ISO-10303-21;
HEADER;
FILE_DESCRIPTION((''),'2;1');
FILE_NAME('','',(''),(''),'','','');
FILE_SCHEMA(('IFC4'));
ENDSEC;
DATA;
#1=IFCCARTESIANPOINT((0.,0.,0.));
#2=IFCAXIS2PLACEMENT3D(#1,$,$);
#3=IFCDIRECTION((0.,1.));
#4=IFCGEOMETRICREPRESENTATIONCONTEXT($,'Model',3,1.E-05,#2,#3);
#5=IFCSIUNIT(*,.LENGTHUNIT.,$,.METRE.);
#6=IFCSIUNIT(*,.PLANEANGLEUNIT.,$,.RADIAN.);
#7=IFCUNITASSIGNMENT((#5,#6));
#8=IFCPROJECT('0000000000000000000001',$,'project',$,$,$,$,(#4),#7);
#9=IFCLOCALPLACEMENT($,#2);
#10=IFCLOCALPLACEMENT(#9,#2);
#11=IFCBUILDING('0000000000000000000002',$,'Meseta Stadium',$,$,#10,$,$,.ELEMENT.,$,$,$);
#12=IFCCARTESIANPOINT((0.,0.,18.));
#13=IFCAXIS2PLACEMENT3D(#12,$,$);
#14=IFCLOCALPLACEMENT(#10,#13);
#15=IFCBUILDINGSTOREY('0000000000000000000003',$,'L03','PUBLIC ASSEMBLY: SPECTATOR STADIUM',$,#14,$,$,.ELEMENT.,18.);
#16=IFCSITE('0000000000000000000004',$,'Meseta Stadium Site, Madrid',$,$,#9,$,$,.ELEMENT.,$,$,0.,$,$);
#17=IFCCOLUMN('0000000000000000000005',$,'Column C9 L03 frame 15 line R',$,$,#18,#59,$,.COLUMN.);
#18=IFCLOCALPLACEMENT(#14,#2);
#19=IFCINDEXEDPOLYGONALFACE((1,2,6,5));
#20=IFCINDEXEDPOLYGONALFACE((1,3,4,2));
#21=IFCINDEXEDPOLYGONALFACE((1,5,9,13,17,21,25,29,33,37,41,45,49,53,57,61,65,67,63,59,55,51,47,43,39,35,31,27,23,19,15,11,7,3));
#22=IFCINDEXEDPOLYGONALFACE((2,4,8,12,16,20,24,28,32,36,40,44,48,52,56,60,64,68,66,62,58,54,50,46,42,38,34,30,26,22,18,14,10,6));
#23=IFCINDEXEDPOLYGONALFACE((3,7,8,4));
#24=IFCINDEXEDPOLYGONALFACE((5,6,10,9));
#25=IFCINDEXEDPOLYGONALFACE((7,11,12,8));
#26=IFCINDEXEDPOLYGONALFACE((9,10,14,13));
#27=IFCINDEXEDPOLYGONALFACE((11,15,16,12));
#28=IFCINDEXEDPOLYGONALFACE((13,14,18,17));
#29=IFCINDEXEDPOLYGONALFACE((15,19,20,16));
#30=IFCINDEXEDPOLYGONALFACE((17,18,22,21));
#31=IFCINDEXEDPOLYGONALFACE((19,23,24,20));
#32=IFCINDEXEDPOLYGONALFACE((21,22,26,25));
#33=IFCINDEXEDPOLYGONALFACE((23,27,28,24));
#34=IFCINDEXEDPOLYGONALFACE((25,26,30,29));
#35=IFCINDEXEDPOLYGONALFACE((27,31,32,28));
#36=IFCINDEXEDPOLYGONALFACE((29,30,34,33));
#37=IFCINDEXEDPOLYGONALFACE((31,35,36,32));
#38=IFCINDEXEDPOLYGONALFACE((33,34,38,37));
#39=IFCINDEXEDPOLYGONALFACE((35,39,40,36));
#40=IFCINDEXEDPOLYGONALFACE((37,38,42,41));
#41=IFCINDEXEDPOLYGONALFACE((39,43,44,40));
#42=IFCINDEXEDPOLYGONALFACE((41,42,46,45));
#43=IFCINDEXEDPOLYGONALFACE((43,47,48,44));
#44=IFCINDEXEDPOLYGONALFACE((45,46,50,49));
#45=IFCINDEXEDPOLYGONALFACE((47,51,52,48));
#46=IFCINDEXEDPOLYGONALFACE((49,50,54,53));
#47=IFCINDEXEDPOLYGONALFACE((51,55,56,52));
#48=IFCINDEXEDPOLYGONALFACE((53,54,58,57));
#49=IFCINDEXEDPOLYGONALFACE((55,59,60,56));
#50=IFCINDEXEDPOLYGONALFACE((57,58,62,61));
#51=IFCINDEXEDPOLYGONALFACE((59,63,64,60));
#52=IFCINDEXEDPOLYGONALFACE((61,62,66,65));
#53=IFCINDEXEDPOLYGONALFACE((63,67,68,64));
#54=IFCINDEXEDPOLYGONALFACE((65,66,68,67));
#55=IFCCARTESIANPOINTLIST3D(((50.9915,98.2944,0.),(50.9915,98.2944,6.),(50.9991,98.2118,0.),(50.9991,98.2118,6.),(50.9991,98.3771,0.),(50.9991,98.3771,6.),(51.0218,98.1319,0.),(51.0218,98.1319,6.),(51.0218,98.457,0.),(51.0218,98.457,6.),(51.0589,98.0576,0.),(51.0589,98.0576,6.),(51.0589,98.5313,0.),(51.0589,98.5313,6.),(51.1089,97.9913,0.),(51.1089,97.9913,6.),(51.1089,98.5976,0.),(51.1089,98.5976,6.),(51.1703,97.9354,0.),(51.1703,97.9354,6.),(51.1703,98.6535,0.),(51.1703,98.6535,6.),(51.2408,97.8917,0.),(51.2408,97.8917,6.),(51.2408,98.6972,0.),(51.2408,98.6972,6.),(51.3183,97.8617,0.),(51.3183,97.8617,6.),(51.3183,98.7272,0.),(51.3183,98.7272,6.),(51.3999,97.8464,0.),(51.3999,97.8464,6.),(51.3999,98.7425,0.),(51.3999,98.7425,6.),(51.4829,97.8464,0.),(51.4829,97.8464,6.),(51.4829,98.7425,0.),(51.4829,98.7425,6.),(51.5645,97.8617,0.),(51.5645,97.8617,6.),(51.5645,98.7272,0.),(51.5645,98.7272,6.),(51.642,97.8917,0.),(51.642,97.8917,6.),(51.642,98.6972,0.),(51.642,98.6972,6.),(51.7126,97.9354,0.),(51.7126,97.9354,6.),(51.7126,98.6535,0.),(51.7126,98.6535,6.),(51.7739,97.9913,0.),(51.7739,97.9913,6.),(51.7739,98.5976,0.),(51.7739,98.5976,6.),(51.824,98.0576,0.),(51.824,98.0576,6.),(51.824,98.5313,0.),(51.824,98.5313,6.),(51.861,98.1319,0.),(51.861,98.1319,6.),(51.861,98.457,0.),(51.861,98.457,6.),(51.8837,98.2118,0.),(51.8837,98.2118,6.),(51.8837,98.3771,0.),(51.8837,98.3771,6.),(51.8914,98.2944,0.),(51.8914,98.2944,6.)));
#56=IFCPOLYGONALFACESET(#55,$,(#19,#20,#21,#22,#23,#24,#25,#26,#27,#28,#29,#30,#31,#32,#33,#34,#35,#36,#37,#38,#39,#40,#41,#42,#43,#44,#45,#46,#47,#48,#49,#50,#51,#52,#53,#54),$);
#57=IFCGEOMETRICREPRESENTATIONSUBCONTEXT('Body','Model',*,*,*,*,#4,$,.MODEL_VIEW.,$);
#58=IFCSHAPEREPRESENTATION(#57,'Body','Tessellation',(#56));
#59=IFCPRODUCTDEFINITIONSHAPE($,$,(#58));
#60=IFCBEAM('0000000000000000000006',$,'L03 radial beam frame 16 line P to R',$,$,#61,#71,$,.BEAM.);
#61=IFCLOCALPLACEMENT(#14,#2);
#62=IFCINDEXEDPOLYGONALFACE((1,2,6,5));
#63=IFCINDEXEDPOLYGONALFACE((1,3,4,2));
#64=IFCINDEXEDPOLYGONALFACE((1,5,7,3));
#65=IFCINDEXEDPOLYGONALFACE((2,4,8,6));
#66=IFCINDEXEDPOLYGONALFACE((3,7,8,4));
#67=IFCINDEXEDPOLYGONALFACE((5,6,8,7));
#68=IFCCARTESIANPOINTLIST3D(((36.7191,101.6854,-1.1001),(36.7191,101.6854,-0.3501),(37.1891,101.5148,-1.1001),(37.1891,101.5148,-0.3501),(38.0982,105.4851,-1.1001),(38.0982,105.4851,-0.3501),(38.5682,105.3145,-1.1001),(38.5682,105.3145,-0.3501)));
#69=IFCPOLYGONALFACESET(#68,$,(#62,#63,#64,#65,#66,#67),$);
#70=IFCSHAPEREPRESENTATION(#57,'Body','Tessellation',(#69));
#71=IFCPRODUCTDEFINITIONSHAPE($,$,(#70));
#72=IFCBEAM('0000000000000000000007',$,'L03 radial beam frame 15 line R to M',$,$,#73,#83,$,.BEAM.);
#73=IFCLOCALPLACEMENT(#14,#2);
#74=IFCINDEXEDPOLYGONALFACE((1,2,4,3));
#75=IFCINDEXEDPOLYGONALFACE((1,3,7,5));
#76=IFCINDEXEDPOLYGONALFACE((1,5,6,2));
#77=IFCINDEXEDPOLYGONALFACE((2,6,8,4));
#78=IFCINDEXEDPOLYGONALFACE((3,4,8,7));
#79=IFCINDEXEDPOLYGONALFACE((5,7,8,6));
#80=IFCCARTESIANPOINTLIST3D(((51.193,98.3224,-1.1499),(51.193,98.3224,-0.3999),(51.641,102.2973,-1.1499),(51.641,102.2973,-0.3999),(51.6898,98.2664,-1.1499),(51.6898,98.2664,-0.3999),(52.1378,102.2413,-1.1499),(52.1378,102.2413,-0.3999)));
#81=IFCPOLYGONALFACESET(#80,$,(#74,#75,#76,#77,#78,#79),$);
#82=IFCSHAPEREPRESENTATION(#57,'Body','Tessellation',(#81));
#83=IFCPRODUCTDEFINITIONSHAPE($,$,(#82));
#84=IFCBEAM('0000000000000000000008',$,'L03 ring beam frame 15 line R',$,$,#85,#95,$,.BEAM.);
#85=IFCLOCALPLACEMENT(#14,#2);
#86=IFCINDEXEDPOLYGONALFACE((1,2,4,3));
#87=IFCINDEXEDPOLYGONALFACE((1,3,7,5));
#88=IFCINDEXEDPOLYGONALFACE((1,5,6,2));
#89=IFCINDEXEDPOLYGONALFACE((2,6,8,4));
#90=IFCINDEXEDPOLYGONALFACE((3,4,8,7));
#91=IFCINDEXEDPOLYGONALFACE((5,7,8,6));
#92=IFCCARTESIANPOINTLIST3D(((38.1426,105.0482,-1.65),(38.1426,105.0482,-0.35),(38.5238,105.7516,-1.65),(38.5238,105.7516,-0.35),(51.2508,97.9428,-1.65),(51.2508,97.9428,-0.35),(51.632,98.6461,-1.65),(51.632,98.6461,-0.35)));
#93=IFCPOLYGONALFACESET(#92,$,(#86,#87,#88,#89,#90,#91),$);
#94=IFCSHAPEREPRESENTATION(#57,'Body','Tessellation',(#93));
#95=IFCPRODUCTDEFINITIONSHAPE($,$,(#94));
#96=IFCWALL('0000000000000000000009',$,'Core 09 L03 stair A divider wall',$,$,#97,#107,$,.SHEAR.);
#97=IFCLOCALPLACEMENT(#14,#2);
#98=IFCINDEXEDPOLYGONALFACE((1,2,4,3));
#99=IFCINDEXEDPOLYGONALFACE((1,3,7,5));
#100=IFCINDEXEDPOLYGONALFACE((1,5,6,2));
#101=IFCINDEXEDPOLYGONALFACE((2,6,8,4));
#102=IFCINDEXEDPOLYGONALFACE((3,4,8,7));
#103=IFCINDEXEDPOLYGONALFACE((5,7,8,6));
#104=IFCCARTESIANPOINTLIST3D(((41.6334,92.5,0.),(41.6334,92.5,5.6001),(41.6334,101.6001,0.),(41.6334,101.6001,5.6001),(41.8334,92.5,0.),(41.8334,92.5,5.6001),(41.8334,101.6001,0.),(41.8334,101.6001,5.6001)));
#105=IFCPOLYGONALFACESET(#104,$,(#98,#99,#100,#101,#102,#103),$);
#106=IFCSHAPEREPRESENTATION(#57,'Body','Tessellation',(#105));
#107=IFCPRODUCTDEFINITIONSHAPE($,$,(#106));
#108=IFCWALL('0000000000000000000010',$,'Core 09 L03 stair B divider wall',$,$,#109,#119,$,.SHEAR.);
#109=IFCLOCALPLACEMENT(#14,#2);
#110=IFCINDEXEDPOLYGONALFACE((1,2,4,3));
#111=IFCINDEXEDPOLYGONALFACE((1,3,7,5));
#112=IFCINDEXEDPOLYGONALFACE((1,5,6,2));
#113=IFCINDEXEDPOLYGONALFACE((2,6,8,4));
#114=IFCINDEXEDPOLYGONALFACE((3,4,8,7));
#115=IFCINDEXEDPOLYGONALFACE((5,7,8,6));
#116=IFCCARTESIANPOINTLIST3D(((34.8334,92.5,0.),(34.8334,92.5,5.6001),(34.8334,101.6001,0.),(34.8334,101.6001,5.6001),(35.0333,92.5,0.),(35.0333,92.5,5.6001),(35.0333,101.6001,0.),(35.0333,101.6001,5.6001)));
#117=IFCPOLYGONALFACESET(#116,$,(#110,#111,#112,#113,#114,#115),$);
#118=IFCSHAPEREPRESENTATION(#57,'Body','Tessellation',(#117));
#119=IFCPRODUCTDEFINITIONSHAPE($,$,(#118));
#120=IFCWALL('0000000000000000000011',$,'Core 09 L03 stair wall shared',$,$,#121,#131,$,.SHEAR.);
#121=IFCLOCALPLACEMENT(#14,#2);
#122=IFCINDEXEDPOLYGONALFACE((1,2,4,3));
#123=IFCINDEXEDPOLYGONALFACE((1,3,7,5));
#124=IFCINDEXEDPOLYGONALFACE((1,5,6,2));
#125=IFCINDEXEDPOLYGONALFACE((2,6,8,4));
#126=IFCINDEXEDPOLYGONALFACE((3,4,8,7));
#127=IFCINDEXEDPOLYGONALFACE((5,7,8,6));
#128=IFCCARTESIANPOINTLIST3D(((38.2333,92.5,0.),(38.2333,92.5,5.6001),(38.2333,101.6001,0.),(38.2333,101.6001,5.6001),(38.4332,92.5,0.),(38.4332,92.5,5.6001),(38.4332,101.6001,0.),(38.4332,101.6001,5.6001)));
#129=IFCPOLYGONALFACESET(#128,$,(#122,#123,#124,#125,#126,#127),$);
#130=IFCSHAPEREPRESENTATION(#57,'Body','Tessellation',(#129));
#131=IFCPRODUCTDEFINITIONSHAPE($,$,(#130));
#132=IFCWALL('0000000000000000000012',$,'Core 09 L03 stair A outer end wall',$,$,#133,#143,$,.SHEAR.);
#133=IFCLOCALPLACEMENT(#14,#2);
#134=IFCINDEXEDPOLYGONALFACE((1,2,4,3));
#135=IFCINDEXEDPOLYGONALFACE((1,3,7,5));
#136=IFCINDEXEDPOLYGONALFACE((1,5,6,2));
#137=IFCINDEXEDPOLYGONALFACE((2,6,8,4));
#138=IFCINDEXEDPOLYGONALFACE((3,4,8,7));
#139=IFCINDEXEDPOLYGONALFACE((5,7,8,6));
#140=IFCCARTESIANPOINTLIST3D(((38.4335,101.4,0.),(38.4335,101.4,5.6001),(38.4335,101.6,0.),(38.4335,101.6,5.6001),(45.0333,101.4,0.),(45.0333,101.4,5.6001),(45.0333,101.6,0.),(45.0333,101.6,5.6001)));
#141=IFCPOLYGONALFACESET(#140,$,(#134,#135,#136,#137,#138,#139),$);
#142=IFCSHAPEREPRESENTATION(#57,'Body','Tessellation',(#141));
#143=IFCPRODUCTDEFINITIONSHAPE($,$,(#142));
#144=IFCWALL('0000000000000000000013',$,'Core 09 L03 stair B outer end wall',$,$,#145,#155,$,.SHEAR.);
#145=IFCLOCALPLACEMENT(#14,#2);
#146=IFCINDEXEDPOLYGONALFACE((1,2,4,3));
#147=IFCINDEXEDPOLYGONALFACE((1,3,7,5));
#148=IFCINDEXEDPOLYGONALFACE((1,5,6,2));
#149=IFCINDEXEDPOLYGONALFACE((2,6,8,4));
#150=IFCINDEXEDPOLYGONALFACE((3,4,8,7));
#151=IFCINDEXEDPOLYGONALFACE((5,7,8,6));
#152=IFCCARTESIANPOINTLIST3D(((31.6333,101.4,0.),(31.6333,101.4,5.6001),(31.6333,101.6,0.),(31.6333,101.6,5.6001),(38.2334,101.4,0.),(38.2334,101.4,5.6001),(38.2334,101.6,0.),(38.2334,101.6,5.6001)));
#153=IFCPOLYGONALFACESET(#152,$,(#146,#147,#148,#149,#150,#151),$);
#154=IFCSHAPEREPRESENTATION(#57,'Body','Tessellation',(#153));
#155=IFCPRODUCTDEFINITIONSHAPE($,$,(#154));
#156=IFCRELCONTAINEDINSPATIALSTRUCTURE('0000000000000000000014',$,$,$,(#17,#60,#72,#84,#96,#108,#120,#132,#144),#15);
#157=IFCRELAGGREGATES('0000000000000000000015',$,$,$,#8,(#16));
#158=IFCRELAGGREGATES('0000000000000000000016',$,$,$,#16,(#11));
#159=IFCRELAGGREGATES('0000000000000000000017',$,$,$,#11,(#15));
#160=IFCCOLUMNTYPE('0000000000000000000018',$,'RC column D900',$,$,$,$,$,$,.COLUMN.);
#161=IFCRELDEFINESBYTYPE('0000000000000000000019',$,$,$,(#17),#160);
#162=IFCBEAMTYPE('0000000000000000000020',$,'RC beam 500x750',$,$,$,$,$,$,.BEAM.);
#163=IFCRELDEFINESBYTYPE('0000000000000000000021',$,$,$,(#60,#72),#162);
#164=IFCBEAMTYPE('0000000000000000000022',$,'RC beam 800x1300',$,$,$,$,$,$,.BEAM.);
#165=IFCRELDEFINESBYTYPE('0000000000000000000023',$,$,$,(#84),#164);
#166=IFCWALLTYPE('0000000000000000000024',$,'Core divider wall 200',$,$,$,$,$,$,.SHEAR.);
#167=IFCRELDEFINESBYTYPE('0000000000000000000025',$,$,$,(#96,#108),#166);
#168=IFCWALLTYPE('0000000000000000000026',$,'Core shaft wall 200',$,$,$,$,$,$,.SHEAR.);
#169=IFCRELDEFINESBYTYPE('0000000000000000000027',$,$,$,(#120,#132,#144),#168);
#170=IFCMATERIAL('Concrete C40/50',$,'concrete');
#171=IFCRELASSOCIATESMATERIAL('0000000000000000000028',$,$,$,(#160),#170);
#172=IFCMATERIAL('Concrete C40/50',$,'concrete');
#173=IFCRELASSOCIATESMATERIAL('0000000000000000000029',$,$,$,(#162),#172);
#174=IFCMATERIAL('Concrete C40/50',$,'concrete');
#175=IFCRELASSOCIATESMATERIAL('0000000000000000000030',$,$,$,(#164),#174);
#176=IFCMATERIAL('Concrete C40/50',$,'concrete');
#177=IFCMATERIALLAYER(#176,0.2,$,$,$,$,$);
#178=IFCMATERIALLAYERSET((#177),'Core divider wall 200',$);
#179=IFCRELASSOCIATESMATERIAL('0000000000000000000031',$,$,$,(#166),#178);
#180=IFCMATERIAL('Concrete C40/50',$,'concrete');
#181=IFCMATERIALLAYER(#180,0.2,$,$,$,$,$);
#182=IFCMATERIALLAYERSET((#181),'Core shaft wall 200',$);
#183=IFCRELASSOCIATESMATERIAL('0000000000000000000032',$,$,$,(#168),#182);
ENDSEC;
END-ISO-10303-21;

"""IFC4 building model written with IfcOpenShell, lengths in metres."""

from ifc_helpers import new_model, si_unit, direction, frame, frame_2d, origin, origin_2d, place, context, subcontext, project, spatial, rectangle, circle, extrude, material, layer, layer_set, material_profile, profile_set, type_object, element, save


model = new_model("IFC4")

# Units and contexts
model_context = context("Model", 3, precision=1e-05, world=origin(), true_north=direction((0.0, 1.0)))
body_context = subcontext(model_context, "Body", "Model", "MODEL_VIEW")
ifc_project = project(units=[si_unit("LENGTHUNIT", "METRE"), si_unit("PLANEANGLEUNIT", "RADIAN")], contexts=[model_context])

# Site, building, storey
site_placement = place(None, origin())
site = spatial("IfcSite", under=ifc_project, at=site_placement, Name="Meseta Stadium Site, Madrid", CompositionType="ELEMENT", RefElevation=0.0)
building_placement = place(site_placement, origin())
building = spatial("IfcBuilding", under=site, at=building_placement, Name="Meseta Stadium", CompositionType="ELEMENT")
storey_placement = place(building_placement, frame((0.0, 0.0, 18.0)))
storey = spatial("IfcBuildingStorey", under=building, at=storey_placement, Name="L03", Description="PUBLIC ASSEMBLY: SPECTATOR STADIUM", CompositionType="ELEMENT", Elevation=18.0)

# Column
ifc_material_1 = material(Name="Concrete C40/50", Category="concrete")
ifc_material_profile_1 = material_profile(ifc_material_1, circle(Radius=0.45, at=origin_2d()), Name="RC D900")
ifc_profile_set_1 = profile_set([ifc_material_profile_1], Name="Concrete C40/50")
column_type = type_object("IfcColumnType", Name="RC column D900", PredefinedType="COLUMN", material=ifc_profile_set_1)
column_placement = place(storey_placement, frame((51.4414, 98.2944, 0.0), z_axis=(0.0, 0.0, 1.0), x_axis=(1.0, 0.0, 0.0)))
element("IfcColumn", 1, at=column_placement, inside=storey, type_object=column_type, Name="Column C9 L03 frame 15 line R", PredefinedType="COLUMN", context=body_context, shape_type="SweptSolid", body=[
    extrude(circle(Radius=0.45, at=origin_2d()), origin(), (0.0, 0.0, 1.0), 6.0),
])

# Beams
ifc_material_2 = material(Name="Concrete C40/50", Category="concrete")
ifc_material_profile_2 = material_profile(ifc_material_2, rectangle(XDim=0.5, YDim=0.75, at=origin_2d()), Name="RC 500x750")
ifc_profile_set_2 = profile_set([ifc_material_profile_2], Name="Concrete C40/50")
beam_type_1 = type_object("IfcBeamType", Name="RC beam 500x750", PredefinedType="BEAM", material=ifc_profile_set_2)
beam_1_placement = place(storey_placement, frame((36.9541, 101.6001, -0.7251), z_axis=(0.341176, 0.94, 0.0), x_axis=(-0.94, 0.341176, 0.0)))
element("IfcBeam", 2, at=beam_1_placement, inside=storey, type_object=beam_type_1, Name="L03 radial beam frame 16 line P to R", PredefinedType="BEAM", context=body_context, shape_type="SweptSolid", body=[
    extrude(rectangle(XDim=0.5, YDim=0.75, at=origin_2d()), origin(), (0.0, 0.0, 1.0), 4.0422),
])
beam_2_placement = place(storey_placement, frame((51.4414, 98.2944, -0.7749), z_axis=(0.111999, 0.993708, 0.0), x_axis=(-0.993708, 0.111999, 0.0)))
element("IfcBeam", 3, at=beam_2_placement, inside=storey, type_object=beam_type_1, Name="L03 radial beam frame 15 line R to M", PredefinedType="BEAM", context=body_context, shape_type="SweptSolid", body=[
    extrude(rectangle(XDim=0.5, YDim=0.75, at=origin_2d()), origin(), (0.0, 0.0, 1.0), 4.0),
])
ifc_material_3 = material(Name="Concrete C40/50", Category="concrete")
ifc_material_profile_3 = material_profile(ifc_material_3, rectangle(XDim=0.8, YDim=1.3, at=origin_2d()), Name="RC 800x1300")
ifc_profile_set_3 = profile_set([ifc_material_profile_3], Name="Concrete C40/50")
beam_type_2 = type_object("IfcBeamType", Name="RC beam 800x1300", PredefinedType="BEAM", material=ifc_profile_set_3)
beam_3_placement = place(storey_placement, frame((51.4414, 98.2944, -1.0), z_axis=(-0.879145, 0.476554, 0.0), x_axis=(-0.476554, -0.879145, 0.0)))
element("IfcBeam", 4, at=beam_3_placement, inside=storey, type_object=beam_type_2, Name="L03 ring beam frame 15 line R", PredefinedType="BEAM", context=body_context, shape_type="SweptSolid", body=[
    extrude(rectangle(XDim=0.8, YDim=1.3, at=origin_2d()), origin(), (0.0, 0.0, 1.0), 14.9102),
])

# Walls
ifc_material_4 = material(Name="Concrete C40/50", Category="concrete")
ifc_layer_1 = layer(ifc_material_4, 0.2)
ifc_layer_set_1 = layer_set([ifc_layer_1], Name="Core divider wall 200")
wall_type_1 = type_object("IfcWallType", Name="Core divider wall 200", PredefinedType="SHEAR", material=ifc_layer_set_1)
for number, where, z_axis, x_axis, name in (
    (5, (41.7334, 101.6001, 0.0), (0.0, 0.0, 1.0), (0.0, -1.0, 0.0), "Core 09 L03 stair A divider wall"),
    (6, (34.9333, 101.6001, 0.0), (0.0, 0.0, 1.0), (0.0, -1.0, 0.0), "Core 09 L03 stair B divider wall"),
):
    element("IfcWall", number, at=place(storey_placement, frame(where, z_axis=z_axis, x_axis=x_axis)), inside=storey, type_object=wall_type_1, Name=name, PredefinedType="SHEAR", context=body_context, shape_type="SweptSolid", body=[
        extrude(rectangle(XDim=9.1001, YDim=0.2, at=frame_2d((4.55, 0.0))), origin(), (0.0, 0.0, 1.0), 5.6001),
    ])
ifc_material_5 = material(Name="Concrete C40/50", Category="concrete")
ifc_layer_2 = layer(ifc_material_5, 0.2)
ifc_layer_set_2 = layer_set([ifc_layer_2], Name="Core shaft wall 200")
wall_type_2 = type_object("IfcWallType", Name="Core shaft wall 200", PredefinedType="SHEAR", material=ifc_layer_set_2)
wall_1_placement = place(storey_placement, frame((38.3333, 101.6001, 0.0), z_axis=(0.0, 0.0, 1.0), x_axis=(0.0, -1.0, 0.0)))
element("IfcWall", 7, at=wall_1_placement, inside=storey, type_object=wall_type_2, Name="Core 09 L03 stair wall shared", PredefinedType="SHEAR", context=body_context, shape_type="SweptSolid", body=[
    extrude(rectangle(XDim=9.1001, YDim=0.2, at=frame_2d((4.55, 0.0))), origin(), (0.0, 0.0, 1.0), 5.6001),
])
wall_2_placement = place(storey_placement, frame((45.0332, 101.5, 0.0), z_axis=(0.0, 0.0, 1.0), x_axis=(-1.0, 0.0, 0.0)))
element("IfcWall", 8, at=wall_2_placement, inside=storey, type_object=wall_type_2, Name="Core 09 L03 stair A outer end wall", PredefinedType="SHEAR", context=body_context, shape_type="SweptSolid", body=[
    extrude(rectangle(XDim=6.5999, YDim=0.2, at=frame_2d((3.2998, 0.0))), origin(), (0.0, 0.0, 1.0), 5.6001),
])
wall_3_placement = place(storey_placement, frame((38.2334, 101.5, 0.0), z_axis=(0.0, 0.0, 1.0), x_axis=(-1.0, 0.0, 0.0)))
element("IfcWall", 9, at=wall_3_placement, inside=storey, type_object=wall_type_2, Name="Core 09 L03 stair B outer end wall", PredefinedType="SHEAR", context=body_context, shape_type="SweptSolid", body=[
    extrude(rectangle(XDim=6.6001, YDim=0.2, at=frame_2d((3.3, 0.0))), origin(), (0.0, 0.0, 1.0), 5.6001),
])

save(model, "model.ifc")
